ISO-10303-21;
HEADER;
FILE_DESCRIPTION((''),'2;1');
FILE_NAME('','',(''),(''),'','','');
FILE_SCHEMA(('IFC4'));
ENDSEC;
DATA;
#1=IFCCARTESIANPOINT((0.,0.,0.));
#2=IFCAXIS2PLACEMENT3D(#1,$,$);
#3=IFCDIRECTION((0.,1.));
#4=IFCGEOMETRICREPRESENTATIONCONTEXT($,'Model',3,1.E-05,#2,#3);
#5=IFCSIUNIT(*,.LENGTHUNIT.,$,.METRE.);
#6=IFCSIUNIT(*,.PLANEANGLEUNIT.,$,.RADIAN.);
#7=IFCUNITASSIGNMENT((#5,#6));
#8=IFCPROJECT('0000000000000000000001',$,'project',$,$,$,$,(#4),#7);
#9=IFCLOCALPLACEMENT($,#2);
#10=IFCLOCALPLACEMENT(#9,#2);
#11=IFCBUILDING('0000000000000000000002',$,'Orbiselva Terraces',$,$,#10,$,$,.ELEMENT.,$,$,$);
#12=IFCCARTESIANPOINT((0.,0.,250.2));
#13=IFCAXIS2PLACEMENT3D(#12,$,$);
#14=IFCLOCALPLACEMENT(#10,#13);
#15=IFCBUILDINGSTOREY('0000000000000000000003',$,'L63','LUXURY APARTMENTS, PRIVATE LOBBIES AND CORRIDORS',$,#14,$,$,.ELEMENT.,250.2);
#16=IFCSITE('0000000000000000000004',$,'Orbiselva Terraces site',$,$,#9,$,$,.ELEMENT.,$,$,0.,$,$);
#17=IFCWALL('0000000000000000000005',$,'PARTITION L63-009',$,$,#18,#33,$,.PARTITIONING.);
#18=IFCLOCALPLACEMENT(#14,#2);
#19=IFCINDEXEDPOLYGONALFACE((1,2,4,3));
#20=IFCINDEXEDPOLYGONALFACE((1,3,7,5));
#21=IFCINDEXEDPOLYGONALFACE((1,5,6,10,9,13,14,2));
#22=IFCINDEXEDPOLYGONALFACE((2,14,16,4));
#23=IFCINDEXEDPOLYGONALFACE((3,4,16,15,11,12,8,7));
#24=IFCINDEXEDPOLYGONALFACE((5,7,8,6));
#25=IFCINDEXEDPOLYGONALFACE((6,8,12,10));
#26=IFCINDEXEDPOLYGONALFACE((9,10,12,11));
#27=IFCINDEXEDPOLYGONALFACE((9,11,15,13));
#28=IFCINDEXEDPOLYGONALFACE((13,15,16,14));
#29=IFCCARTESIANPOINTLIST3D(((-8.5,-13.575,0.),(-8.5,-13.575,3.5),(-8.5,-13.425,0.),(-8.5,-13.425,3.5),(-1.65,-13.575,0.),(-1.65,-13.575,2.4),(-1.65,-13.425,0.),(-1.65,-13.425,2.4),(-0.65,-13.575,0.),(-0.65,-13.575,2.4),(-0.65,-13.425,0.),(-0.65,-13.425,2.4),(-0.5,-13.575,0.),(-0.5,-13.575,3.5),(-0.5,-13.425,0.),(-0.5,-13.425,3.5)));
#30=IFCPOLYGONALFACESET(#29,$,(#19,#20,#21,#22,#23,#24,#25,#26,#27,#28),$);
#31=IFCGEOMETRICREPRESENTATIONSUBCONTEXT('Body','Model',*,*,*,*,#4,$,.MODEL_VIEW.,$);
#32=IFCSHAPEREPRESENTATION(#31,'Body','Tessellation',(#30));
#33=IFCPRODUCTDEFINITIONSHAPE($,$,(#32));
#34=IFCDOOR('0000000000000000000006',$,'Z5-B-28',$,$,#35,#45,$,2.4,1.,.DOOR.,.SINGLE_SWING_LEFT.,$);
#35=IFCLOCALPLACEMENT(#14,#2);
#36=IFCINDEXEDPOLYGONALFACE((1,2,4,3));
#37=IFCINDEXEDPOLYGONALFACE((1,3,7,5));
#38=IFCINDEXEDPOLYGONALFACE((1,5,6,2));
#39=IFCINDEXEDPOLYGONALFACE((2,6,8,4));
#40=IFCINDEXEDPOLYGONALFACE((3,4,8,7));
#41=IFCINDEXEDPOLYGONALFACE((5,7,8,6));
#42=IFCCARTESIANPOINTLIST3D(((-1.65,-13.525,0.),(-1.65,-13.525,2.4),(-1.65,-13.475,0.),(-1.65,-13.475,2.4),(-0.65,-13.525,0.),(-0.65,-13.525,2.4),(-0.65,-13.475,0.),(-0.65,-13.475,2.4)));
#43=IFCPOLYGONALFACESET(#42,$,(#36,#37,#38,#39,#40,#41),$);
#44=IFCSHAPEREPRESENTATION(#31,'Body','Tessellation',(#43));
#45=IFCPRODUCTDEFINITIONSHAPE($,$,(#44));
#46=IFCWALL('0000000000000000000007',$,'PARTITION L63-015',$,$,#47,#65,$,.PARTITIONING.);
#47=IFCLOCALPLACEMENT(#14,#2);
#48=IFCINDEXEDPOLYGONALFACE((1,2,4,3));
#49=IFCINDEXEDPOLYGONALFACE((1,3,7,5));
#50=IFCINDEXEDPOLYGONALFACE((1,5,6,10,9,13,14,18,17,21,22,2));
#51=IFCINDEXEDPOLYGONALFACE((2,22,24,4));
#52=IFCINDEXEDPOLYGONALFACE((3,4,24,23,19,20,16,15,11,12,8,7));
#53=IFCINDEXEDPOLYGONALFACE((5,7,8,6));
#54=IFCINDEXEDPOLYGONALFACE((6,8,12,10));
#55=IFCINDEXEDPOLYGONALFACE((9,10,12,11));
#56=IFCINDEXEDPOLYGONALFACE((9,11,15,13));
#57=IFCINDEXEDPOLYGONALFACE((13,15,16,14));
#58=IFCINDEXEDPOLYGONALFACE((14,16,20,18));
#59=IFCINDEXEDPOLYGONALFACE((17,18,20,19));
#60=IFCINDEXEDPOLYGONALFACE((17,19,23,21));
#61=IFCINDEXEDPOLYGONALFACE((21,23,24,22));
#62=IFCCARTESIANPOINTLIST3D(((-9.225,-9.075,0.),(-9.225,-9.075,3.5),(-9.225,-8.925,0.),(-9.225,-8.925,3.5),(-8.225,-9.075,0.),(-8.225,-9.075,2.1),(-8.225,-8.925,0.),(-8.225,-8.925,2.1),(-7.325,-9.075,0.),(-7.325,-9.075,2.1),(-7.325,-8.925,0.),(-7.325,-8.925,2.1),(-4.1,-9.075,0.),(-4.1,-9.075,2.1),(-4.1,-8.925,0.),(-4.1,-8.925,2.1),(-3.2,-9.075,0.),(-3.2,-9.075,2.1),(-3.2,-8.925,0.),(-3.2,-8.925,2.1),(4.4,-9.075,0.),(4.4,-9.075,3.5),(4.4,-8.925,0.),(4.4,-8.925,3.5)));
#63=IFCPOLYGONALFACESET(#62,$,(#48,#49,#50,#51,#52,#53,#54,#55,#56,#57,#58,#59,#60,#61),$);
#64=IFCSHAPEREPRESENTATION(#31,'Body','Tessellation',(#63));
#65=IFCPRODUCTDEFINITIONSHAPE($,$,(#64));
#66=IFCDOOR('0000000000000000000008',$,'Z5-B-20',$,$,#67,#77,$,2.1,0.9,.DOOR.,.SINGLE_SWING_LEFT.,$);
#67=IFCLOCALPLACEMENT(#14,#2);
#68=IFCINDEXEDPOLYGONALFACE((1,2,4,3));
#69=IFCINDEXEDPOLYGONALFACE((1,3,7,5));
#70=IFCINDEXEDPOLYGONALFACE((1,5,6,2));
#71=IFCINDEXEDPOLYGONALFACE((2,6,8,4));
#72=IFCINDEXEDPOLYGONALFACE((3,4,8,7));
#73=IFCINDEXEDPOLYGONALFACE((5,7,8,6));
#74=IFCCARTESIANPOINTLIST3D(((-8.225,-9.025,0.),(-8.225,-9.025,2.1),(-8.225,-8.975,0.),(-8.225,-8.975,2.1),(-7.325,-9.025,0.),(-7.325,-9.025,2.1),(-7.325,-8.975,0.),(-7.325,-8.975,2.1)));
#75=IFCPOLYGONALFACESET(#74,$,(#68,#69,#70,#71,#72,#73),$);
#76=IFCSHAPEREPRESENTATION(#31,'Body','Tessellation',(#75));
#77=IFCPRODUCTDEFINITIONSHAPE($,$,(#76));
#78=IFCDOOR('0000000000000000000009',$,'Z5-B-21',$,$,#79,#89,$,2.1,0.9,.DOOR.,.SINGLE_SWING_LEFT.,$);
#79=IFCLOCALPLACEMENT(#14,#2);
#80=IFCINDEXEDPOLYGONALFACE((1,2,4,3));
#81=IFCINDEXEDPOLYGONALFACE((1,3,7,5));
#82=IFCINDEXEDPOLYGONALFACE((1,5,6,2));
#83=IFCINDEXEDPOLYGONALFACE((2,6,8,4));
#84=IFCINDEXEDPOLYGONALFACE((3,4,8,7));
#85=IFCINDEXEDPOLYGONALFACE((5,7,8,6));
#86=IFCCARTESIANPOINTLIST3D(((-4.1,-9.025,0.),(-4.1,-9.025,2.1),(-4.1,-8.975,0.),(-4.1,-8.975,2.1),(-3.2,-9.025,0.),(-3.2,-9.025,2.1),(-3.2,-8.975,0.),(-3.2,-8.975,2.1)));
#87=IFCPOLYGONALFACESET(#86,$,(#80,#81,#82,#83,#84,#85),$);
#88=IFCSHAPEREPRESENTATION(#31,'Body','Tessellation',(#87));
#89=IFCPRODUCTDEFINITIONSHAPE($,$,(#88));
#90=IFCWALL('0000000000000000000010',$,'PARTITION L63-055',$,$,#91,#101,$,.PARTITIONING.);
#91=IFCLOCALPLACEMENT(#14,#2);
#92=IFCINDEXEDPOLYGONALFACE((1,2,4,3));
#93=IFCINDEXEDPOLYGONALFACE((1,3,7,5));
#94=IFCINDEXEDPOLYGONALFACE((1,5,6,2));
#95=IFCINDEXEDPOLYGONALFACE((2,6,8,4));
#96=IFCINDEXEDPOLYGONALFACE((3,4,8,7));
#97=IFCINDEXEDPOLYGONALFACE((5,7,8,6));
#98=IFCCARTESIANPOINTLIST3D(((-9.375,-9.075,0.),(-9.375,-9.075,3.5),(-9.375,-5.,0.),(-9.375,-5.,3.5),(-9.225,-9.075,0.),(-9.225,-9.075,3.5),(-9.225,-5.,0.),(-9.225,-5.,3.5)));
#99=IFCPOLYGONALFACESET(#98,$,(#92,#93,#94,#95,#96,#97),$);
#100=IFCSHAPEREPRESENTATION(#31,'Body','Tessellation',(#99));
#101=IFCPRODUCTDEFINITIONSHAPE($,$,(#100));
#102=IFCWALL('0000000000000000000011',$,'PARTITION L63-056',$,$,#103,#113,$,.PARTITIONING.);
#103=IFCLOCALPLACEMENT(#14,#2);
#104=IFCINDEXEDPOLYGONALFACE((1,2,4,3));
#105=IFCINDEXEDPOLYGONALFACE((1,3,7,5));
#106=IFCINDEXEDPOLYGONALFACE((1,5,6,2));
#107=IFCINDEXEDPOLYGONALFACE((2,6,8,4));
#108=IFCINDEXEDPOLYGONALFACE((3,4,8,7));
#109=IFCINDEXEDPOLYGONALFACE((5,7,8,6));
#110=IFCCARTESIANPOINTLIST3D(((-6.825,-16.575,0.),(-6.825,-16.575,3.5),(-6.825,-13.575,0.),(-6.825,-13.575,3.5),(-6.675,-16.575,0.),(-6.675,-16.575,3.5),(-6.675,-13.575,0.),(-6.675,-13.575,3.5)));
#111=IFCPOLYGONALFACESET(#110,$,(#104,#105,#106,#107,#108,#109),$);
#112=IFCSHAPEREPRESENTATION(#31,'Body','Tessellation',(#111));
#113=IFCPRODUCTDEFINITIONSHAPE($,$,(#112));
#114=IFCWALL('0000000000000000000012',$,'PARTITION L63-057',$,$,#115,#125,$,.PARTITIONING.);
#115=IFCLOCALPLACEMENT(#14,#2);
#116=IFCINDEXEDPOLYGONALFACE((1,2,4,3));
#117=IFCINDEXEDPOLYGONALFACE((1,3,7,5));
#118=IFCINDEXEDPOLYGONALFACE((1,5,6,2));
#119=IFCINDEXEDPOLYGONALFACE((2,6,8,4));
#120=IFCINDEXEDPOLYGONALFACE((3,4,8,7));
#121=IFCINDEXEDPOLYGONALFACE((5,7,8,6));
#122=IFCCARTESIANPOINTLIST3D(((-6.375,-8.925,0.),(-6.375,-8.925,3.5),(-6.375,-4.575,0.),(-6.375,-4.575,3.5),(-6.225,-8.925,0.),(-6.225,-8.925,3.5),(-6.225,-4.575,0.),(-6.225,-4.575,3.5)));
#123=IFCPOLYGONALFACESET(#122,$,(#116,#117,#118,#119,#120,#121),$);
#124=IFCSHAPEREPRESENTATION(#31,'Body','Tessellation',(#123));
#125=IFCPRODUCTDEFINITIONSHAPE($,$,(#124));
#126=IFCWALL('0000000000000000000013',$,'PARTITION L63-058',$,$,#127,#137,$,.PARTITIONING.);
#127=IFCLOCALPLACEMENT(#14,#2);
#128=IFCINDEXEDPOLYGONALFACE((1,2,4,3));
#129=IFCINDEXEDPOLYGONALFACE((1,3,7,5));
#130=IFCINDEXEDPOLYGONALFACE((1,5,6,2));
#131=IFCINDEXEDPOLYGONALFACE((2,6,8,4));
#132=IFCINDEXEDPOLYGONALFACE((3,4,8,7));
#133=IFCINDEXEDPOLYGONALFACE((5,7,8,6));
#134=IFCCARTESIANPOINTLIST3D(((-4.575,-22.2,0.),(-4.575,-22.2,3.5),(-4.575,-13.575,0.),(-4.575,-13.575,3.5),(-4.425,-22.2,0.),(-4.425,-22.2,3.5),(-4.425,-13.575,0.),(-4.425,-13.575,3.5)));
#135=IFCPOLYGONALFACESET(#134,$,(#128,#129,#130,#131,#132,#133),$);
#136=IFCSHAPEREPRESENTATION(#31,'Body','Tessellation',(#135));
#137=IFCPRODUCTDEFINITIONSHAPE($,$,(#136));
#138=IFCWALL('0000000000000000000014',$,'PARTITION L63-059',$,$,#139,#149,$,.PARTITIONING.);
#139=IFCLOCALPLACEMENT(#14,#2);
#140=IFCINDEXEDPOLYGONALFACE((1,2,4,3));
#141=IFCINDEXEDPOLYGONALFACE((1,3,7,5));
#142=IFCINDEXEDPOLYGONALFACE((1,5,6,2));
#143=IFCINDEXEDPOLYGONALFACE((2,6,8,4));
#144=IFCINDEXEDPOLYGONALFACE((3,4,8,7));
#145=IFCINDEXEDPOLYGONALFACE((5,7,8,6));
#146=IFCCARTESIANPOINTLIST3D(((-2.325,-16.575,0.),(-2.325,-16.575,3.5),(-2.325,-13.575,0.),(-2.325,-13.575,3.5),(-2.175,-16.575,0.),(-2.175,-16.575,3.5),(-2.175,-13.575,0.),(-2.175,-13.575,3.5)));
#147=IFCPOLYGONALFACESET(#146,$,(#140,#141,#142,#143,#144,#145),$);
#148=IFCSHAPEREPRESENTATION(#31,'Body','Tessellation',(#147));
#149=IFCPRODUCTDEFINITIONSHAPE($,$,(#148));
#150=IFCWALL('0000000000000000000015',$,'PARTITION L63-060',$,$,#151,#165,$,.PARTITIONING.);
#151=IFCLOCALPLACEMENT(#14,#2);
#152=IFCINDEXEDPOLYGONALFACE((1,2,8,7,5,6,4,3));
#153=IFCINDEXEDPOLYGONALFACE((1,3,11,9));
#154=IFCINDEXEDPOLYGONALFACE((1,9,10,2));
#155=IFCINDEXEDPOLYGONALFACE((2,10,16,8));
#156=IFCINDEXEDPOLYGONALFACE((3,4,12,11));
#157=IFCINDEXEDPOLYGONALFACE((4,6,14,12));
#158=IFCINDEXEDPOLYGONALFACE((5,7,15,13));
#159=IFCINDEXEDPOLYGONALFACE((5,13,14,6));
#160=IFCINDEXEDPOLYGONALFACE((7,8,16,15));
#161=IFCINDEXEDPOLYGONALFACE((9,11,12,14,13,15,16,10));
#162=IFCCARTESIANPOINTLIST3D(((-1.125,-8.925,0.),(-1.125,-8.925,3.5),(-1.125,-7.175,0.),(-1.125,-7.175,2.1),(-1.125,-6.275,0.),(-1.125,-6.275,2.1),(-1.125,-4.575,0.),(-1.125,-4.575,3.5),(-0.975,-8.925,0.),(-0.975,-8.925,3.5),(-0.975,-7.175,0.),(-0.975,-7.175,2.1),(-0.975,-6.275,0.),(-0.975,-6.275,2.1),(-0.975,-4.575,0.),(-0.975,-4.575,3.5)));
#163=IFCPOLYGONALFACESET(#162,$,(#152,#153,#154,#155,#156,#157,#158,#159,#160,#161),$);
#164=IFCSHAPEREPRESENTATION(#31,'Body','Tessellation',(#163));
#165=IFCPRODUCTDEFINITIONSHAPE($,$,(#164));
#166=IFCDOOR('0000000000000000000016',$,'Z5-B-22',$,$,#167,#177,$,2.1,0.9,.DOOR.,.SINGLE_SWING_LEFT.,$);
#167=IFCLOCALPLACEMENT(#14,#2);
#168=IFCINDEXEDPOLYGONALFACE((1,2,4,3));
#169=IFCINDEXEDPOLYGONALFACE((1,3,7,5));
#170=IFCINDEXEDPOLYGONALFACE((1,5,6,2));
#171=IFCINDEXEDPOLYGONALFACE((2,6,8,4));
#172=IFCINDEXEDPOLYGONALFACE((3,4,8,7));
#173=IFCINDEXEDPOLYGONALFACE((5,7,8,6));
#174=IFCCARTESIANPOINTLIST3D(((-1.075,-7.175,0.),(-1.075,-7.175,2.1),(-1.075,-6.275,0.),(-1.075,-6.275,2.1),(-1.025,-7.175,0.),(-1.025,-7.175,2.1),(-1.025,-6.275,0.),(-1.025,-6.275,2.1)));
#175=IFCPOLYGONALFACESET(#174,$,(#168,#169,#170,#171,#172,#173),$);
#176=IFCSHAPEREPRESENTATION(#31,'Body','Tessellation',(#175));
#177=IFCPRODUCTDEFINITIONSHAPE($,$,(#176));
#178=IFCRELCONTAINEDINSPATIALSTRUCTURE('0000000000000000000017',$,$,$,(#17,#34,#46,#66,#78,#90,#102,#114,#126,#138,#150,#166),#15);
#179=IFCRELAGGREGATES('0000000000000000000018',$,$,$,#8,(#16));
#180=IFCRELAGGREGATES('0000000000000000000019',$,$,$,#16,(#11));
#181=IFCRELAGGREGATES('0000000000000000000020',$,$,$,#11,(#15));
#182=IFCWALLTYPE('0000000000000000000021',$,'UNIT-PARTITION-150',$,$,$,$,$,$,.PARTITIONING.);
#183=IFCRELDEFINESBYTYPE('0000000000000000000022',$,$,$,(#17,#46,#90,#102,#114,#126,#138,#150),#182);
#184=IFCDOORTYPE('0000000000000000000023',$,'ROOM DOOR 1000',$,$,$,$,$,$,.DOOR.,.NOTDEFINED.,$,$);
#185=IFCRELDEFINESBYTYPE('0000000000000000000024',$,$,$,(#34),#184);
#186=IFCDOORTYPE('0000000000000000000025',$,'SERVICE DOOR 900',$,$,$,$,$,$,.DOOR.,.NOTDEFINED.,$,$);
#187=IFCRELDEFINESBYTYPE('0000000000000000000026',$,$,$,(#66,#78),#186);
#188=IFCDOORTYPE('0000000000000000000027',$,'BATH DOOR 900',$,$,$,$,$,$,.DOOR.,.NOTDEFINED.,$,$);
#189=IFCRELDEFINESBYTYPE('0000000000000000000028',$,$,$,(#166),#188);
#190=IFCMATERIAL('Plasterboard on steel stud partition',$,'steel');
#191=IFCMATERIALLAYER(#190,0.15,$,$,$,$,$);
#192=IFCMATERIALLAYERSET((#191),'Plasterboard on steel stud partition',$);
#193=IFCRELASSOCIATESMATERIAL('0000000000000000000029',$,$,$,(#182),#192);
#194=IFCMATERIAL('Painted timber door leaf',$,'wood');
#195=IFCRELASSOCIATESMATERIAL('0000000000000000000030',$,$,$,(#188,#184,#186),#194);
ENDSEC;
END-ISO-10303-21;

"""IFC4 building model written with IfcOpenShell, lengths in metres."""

from ifc_helpers import new_model, si_unit, direction, frame, frame_2d, origin, place, context, subcontext, project, spatial, rectangle, extrude, material, layer, layer_set, type_object, element, fill, save


model = new_model("IFC4")

# Units and contexts
model_context = context("Model", 3, precision=1e-05, world=origin(), true_north=direction((0.0, 1.0)))
body_context = subcontext(model_context, "Body", "Model", "MODEL_VIEW")
ifc_project = project(units=[si_unit("LENGTHUNIT", "METRE"), si_unit("PLANEANGLEUNIT", "RADIAN")], contexts=[model_context])

# Site, building, storey
site_placement = place(None, origin())
site = spatial("IfcSite", under=ifc_project, at=site_placement, Name="Orbiselva Terraces site", CompositionType="ELEMENT", RefElevation=0.0)
building_placement = place(site_placement, origin())
building = spatial("IfcBuilding", under=site, at=building_placement, Name="Orbiselva Terraces", CompositionType="ELEMENT")
storey_placement = place(building_placement, frame((0.0, 0.0, 250.2)))
storey = spatial("IfcBuildingStorey", under=building, at=storey_placement, Name="L63", Description="LUXURY APARTMENTS, PRIVATE LOBBIES AND CORRIDORS", CompositionType="ELEMENT", Elevation=250.2)

# Wall, opening, door
ifc_material_1 = material(Name="Plasterboard on steel stud partition", Category="steel")
ifc_layer_1 = layer(ifc_material_1, 0.15)
ifc_layer_set_1 = layer_set([ifc_layer_1], Name="Plasterboard on steel stud partition")
wall_type_1 = type_object("IfcWallType", Name="UNIT-PARTITION-150", PredefinedType="PARTITIONING", material=ifc_layer_set_1)
ifc_material_2 = material(Name="Painted timber door leaf", Category="wood")
door_type_1 = type_object("IfcDoorType", Name="BATH DOOR 900", OperationType="NOTDEFINED", PredefinedType="DOOR", material=ifc_material_2)
wall_1_placement = place(storey_placement, frame((-0.5, -13.5, 0.0), z_axis=(0.0, 0.0, 1.0), x_axis=(-1.0, 0.0, 0.0)))
wall_1 = element("IfcWall", 1, at=wall_1_placement, inside=storey, type_object=wall_type_1, Name="PARTITION L63-009", PredefinedType="PARTITIONING", context=body_context, shape_type="SweptSolid", body=[
    extrude(rectangle(XDim=8.0, YDim=0.15, at=frame_2d((4.0, 0.0))), origin(), (0.0, 0.0, 1.0), 3.5),
])
opening_1_placement = place(wall_1_placement, frame((0.15, 0.0, 0.0)))
opening_1 = element("IfcOpeningElement", 2, at=opening_1_placement, cuts=wall_1, PredefinedType="OPENING", context=body_context, shape_type="SweptSolid", body=[
    extrude(rectangle(XDim=1.0, YDim=2.4, at=frame_2d((0.5, 1.2))), frame((0.0, 0.085, 0.0), z_axis=(0.0, -1.0, 0.0), x_axis=(1.0, 0.0, 0.0)), (0.0, 0.0, 1.0), 0.17),
])
door_type_2 = type_object("IfcDoorType", Name="ROOM DOOR 1000", OperationType="NOTDEFINED", PredefinedType="DOOR", material=ifc_material_2)
door_1_placement = place(opening_1_placement, origin())
door_1 = element("IfcDoor", 3, at=door_1_placement, inside=storey, type_object=door_type_2, Name="Z5-B-28", OperationType="SINGLE_SWING_LEFT", OverallHeight=2.4, OverallWidth=1.0, PredefinedType="DOOR", context=body_context, shape_type="SweptSolid", body=[
    extrude(rectangle(XDim=1.0, YDim=2.4, at=frame_2d((0.5, 1.2))), frame((0.0, 0.025, 0.0), z_axis=(0.0, -1.0, 0.0), x_axis=(1.0, 0.0, 0.0)), (0.0, 0.0, 1.0), 0.05),
])
fill(opening_1, door_1)

# Wall, openings, doors
wall_2_placement = place(storey_placement, frame((-9.225, -9.0, 0.0), z_axis=(0.0, 0.0, 1.0), x_axis=(1.0, 0.0, 0.0)))
wall_2 = element("IfcWall", 4, at=wall_2_placement, inside=storey, type_object=wall_type_1, Name="PARTITION L63-015", PredefinedType="PARTITIONING", context=body_context, shape_type="SweptSolid", body=[
    extrude(rectangle(XDim=13.625, YDim=0.15, at=frame_2d((6.8125, 0.0))), origin(), (0.0, 0.0, 1.0), 3.5),
])
opening_2_placement = place(wall_2_placement, frame((1.0, 0.0, 0.0)))
opening_2 = element("IfcOpeningElement", 5, at=opening_2_placement, cuts=wall_2, PredefinedType="OPENING", context=body_context, shape_type="SweptSolid", body=[
    extrude(rectangle(XDim=0.9, YDim=2.1, at=frame_2d((0.45, 1.05))), frame((0.0, 0.085, 0.0), z_axis=(0.0, -1.0, 0.0), x_axis=(1.0, 0.0, 0.0)), (0.0, 0.0, 1.0), 0.17),
])
opening_3_placement = place(wall_2_placement, frame((5.125, 0.0, 0.0)))
opening_3 = element("IfcOpeningElement", 6, at=opening_3_placement, cuts=wall_2, PredefinedType="OPENING", context=body_context, shape_type="SweptSolid", body=[
    extrude(rectangle(XDim=0.9, YDim=2.1, at=frame_2d((0.45, 1.05))), frame((0.0, 0.085, 0.0), z_axis=(0.0, -1.0, 0.0), x_axis=(1.0, 0.0, 0.0)), (0.0, 0.0, 1.0), 0.17),
])
door_type_3 = type_object("IfcDoorType", Name="SERVICE DOOR 900", OperationType="NOTDEFINED", PredefinedType="DOOR", material=ifc_material_2)
door_2_placement = place(opening_2_placement, origin())
door_2 = element("IfcDoor", 7, at=door_2_placement, inside=storey, type_object=door_type_3, Name="Z5-B-20", OperationType="SINGLE_SWING_LEFT", OverallHeight=2.1, OverallWidth=0.9, PredefinedType="DOOR", context=body_context, shape_type="SweptSolid", body=[
    extrude(rectangle(XDim=0.9, YDim=2.1, at=frame_2d((0.45, 1.05))), frame((0.0, 0.025, 0.0), z_axis=(0.0, -1.0, 0.0), x_axis=(1.0, 0.0, 0.0)), (0.0, 0.0, 1.0), 0.05),
])
fill(opening_2, door_2)
door_3_placement = place(opening_3_placement, origin())
door_3 = element("IfcDoor", 8, at=door_3_placement, inside=storey, type_object=door_type_3, Name="Z5-B-21", OperationType="SINGLE_SWING_LEFT", OverallHeight=2.1, OverallWidth=0.9, PredefinedType="DOOR", context=body_context, shape_type="SweptSolid", body=[
    extrude(rectangle(XDim=0.9, YDim=2.1, at=frame_2d((0.45, 1.05))), frame((0.0, 0.025, 0.0), z_axis=(0.0, -1.0, 0.0), x_axis=(1.0, 0.0, 0.0)), (0.0, 0.0, 1.0), 0.05),
])
fill(opening_3, door_3)

# Walls
wall_3_placement = place(storey_placement, frame((-9.3, -9.075, 0.0), z_axis=(0.0, 0.0, 1.0), x_axis=(0.0, 1.0, 0.0)))
element("IfcWall", 9, at=wall_3_placement, inside=storey, type_object=wall_type_1, Name="PARTITION L63-055", PredefinedType="PARTITIONING", context=body_context, shape_type="SweptSolid", body=[
    extrude(rectangle(XDim=4.075, YDim=0.15, at=frame_2d((2.0375, 0.0))), origin(), (0.0, 0.0, 1.0), 3.5),
])
wall_4_placement = place(storey_placement, frame((-6.75, -16.575, 0.0), z_axis=(0.0, 0.0, 1.0), x_axis=(0.0, 1.0, 0.0)))
element("IfcWall", 10, at=wall_4_placement, inside=storey, type_object=wall_type_1, Name="PARTITION L63-056", PredefinedType="PARTITIONING", context=body_context, shape_type="SweptSolid", body=[
    extrude(rectangle(XDim=3.0, YDim=0.15, at=frame_2d((1.5, 0.0))), origin(), (0.0, 0.0, 1.0), 3.5),
])
wall_5_placement = place(storey_placement, frame((-6.3, -8.925, 0.0), z_axis=(0.0, 0.0, 1.0), x_axis=(0.0, 1.0, 0.0)))
element("IfcWall", 11, at=wall_5_placement, inside=storey, type_object=wall_type_1, Name="PARTITION L63-057", PredefinedType="PARTITIONING", context=body_context, shape_type="SweptSolid", body=[
    extrude(rectangle(XDim=4.35, YDim=0.15, at=frame_2d((2.175, 0.0))), origin(), (0.0, 0.0, 1.0), 3.5),
])
wall_6_placement = place(storey_placement, frame((-4.5, -22.2, 0.0), z_axis=(0.0, 0.0, 1.0), x_axis=(0.0, 1.0, 0.0)))
element("IfcWall", 12, at=wall_6_placement, inside=storey, type_object=wall_type_1, Name="PARTITION L63-058", PredefinedType="PARTITIONING", context=body_context, shape_type="SweptSolid", body=[
    extrude(rectangle(XDim=8.625, YDim=0.15, at=frame_2d((4.3125, 0.0))), origin(), (0.0, 0.0, 1.0), 3.5),
])
wall_7_placement = place(storey_placement, frame((-2.25, -16.575, 0.0), z_axis=(0.0, 0.0, 1.0), x_axis=(0.0, 1.0, 0.0)))
element("IfcWall", 13, at=wall_7_placement, inside=storey, type_object=wall_type_1, Name="PARTITION L63-059", PredefinedType="PARTITIONING", context=body_context, shape_type="SweptSolid", body=[
    extrude(rectangle(XDim=3.0, YDim=0.15, at=frame_2d((1.5, 0.0))), origin(), (0.0, 0.0, 1.0), 3.5),
])

# Wall, opening, door
wall_8_placement = place(storey_placement, frame((-1.05, -4.575, 0.0), z_axis=(0.0, 0.0, 1.0), x_axis=(0.0, -1.0, 0.0)))
wall_8 = element("IfcWall", 14, at=wall_8_placement, inside=storey, type_object=wall_type_1, Name="PARTITION L63-060", PredefinedType="PARTITIONING", context=body_context, shape_type="SweptSolid", body=[
    extrude(rectangle(XDim=4.35, YDim=0.15, at=frame_2d((2.175, 0.0))), origin(), (0.0, 0.0, 1.0), 3.5),
])
opening_4_placement = place(wall_8_placement, frame((1.7, 0.0, 0.0)))
opening_4 = element("IfcOpeningElement", 15, at=opening_4_placement, cuts=wall_8, PredefinedType="OPENING", context=body_context, shape_type="SweptSolid", body=[
    extrude(rectangle(XDim=0.9, YDim=2.1, at=frame_2d((0.45, 1.05))), frame((0.0, 0.085, 0.0), z_axis=(0.0, -1.0, 0.0), x_axis=(1.0, 0.0, 0.0)), (0.0, 0.0, 1.0), 0.17),
])
door_4_placement = place(opening_4_placement, origin())
door_4 = element("IfcDoor", 16, at=door_4_placement, inside=storey, type_object=door_type_1, Name="Z5-B-22", OperationType="SINGLE_SWING_LEFT", OverallHeight=2.1, OverallWidth=0.9, PredefinedType="DOOR", context=body_context, shape_type="SweptSolid", body=[
    extrude(rectangle(XDim=0.9, YDim=2.1, at=frame_2d((0.45, 1.05))), frame((0.0, 0.025, 0.0), z_axis=(0.0, -1.0, 0.0), x_axis=(1.0, 0.0, 0.0)), (0.0, 0.0, 1.0), 0.05),
])
fill(opening_4, door_4)

save(model, "model.ifc")
